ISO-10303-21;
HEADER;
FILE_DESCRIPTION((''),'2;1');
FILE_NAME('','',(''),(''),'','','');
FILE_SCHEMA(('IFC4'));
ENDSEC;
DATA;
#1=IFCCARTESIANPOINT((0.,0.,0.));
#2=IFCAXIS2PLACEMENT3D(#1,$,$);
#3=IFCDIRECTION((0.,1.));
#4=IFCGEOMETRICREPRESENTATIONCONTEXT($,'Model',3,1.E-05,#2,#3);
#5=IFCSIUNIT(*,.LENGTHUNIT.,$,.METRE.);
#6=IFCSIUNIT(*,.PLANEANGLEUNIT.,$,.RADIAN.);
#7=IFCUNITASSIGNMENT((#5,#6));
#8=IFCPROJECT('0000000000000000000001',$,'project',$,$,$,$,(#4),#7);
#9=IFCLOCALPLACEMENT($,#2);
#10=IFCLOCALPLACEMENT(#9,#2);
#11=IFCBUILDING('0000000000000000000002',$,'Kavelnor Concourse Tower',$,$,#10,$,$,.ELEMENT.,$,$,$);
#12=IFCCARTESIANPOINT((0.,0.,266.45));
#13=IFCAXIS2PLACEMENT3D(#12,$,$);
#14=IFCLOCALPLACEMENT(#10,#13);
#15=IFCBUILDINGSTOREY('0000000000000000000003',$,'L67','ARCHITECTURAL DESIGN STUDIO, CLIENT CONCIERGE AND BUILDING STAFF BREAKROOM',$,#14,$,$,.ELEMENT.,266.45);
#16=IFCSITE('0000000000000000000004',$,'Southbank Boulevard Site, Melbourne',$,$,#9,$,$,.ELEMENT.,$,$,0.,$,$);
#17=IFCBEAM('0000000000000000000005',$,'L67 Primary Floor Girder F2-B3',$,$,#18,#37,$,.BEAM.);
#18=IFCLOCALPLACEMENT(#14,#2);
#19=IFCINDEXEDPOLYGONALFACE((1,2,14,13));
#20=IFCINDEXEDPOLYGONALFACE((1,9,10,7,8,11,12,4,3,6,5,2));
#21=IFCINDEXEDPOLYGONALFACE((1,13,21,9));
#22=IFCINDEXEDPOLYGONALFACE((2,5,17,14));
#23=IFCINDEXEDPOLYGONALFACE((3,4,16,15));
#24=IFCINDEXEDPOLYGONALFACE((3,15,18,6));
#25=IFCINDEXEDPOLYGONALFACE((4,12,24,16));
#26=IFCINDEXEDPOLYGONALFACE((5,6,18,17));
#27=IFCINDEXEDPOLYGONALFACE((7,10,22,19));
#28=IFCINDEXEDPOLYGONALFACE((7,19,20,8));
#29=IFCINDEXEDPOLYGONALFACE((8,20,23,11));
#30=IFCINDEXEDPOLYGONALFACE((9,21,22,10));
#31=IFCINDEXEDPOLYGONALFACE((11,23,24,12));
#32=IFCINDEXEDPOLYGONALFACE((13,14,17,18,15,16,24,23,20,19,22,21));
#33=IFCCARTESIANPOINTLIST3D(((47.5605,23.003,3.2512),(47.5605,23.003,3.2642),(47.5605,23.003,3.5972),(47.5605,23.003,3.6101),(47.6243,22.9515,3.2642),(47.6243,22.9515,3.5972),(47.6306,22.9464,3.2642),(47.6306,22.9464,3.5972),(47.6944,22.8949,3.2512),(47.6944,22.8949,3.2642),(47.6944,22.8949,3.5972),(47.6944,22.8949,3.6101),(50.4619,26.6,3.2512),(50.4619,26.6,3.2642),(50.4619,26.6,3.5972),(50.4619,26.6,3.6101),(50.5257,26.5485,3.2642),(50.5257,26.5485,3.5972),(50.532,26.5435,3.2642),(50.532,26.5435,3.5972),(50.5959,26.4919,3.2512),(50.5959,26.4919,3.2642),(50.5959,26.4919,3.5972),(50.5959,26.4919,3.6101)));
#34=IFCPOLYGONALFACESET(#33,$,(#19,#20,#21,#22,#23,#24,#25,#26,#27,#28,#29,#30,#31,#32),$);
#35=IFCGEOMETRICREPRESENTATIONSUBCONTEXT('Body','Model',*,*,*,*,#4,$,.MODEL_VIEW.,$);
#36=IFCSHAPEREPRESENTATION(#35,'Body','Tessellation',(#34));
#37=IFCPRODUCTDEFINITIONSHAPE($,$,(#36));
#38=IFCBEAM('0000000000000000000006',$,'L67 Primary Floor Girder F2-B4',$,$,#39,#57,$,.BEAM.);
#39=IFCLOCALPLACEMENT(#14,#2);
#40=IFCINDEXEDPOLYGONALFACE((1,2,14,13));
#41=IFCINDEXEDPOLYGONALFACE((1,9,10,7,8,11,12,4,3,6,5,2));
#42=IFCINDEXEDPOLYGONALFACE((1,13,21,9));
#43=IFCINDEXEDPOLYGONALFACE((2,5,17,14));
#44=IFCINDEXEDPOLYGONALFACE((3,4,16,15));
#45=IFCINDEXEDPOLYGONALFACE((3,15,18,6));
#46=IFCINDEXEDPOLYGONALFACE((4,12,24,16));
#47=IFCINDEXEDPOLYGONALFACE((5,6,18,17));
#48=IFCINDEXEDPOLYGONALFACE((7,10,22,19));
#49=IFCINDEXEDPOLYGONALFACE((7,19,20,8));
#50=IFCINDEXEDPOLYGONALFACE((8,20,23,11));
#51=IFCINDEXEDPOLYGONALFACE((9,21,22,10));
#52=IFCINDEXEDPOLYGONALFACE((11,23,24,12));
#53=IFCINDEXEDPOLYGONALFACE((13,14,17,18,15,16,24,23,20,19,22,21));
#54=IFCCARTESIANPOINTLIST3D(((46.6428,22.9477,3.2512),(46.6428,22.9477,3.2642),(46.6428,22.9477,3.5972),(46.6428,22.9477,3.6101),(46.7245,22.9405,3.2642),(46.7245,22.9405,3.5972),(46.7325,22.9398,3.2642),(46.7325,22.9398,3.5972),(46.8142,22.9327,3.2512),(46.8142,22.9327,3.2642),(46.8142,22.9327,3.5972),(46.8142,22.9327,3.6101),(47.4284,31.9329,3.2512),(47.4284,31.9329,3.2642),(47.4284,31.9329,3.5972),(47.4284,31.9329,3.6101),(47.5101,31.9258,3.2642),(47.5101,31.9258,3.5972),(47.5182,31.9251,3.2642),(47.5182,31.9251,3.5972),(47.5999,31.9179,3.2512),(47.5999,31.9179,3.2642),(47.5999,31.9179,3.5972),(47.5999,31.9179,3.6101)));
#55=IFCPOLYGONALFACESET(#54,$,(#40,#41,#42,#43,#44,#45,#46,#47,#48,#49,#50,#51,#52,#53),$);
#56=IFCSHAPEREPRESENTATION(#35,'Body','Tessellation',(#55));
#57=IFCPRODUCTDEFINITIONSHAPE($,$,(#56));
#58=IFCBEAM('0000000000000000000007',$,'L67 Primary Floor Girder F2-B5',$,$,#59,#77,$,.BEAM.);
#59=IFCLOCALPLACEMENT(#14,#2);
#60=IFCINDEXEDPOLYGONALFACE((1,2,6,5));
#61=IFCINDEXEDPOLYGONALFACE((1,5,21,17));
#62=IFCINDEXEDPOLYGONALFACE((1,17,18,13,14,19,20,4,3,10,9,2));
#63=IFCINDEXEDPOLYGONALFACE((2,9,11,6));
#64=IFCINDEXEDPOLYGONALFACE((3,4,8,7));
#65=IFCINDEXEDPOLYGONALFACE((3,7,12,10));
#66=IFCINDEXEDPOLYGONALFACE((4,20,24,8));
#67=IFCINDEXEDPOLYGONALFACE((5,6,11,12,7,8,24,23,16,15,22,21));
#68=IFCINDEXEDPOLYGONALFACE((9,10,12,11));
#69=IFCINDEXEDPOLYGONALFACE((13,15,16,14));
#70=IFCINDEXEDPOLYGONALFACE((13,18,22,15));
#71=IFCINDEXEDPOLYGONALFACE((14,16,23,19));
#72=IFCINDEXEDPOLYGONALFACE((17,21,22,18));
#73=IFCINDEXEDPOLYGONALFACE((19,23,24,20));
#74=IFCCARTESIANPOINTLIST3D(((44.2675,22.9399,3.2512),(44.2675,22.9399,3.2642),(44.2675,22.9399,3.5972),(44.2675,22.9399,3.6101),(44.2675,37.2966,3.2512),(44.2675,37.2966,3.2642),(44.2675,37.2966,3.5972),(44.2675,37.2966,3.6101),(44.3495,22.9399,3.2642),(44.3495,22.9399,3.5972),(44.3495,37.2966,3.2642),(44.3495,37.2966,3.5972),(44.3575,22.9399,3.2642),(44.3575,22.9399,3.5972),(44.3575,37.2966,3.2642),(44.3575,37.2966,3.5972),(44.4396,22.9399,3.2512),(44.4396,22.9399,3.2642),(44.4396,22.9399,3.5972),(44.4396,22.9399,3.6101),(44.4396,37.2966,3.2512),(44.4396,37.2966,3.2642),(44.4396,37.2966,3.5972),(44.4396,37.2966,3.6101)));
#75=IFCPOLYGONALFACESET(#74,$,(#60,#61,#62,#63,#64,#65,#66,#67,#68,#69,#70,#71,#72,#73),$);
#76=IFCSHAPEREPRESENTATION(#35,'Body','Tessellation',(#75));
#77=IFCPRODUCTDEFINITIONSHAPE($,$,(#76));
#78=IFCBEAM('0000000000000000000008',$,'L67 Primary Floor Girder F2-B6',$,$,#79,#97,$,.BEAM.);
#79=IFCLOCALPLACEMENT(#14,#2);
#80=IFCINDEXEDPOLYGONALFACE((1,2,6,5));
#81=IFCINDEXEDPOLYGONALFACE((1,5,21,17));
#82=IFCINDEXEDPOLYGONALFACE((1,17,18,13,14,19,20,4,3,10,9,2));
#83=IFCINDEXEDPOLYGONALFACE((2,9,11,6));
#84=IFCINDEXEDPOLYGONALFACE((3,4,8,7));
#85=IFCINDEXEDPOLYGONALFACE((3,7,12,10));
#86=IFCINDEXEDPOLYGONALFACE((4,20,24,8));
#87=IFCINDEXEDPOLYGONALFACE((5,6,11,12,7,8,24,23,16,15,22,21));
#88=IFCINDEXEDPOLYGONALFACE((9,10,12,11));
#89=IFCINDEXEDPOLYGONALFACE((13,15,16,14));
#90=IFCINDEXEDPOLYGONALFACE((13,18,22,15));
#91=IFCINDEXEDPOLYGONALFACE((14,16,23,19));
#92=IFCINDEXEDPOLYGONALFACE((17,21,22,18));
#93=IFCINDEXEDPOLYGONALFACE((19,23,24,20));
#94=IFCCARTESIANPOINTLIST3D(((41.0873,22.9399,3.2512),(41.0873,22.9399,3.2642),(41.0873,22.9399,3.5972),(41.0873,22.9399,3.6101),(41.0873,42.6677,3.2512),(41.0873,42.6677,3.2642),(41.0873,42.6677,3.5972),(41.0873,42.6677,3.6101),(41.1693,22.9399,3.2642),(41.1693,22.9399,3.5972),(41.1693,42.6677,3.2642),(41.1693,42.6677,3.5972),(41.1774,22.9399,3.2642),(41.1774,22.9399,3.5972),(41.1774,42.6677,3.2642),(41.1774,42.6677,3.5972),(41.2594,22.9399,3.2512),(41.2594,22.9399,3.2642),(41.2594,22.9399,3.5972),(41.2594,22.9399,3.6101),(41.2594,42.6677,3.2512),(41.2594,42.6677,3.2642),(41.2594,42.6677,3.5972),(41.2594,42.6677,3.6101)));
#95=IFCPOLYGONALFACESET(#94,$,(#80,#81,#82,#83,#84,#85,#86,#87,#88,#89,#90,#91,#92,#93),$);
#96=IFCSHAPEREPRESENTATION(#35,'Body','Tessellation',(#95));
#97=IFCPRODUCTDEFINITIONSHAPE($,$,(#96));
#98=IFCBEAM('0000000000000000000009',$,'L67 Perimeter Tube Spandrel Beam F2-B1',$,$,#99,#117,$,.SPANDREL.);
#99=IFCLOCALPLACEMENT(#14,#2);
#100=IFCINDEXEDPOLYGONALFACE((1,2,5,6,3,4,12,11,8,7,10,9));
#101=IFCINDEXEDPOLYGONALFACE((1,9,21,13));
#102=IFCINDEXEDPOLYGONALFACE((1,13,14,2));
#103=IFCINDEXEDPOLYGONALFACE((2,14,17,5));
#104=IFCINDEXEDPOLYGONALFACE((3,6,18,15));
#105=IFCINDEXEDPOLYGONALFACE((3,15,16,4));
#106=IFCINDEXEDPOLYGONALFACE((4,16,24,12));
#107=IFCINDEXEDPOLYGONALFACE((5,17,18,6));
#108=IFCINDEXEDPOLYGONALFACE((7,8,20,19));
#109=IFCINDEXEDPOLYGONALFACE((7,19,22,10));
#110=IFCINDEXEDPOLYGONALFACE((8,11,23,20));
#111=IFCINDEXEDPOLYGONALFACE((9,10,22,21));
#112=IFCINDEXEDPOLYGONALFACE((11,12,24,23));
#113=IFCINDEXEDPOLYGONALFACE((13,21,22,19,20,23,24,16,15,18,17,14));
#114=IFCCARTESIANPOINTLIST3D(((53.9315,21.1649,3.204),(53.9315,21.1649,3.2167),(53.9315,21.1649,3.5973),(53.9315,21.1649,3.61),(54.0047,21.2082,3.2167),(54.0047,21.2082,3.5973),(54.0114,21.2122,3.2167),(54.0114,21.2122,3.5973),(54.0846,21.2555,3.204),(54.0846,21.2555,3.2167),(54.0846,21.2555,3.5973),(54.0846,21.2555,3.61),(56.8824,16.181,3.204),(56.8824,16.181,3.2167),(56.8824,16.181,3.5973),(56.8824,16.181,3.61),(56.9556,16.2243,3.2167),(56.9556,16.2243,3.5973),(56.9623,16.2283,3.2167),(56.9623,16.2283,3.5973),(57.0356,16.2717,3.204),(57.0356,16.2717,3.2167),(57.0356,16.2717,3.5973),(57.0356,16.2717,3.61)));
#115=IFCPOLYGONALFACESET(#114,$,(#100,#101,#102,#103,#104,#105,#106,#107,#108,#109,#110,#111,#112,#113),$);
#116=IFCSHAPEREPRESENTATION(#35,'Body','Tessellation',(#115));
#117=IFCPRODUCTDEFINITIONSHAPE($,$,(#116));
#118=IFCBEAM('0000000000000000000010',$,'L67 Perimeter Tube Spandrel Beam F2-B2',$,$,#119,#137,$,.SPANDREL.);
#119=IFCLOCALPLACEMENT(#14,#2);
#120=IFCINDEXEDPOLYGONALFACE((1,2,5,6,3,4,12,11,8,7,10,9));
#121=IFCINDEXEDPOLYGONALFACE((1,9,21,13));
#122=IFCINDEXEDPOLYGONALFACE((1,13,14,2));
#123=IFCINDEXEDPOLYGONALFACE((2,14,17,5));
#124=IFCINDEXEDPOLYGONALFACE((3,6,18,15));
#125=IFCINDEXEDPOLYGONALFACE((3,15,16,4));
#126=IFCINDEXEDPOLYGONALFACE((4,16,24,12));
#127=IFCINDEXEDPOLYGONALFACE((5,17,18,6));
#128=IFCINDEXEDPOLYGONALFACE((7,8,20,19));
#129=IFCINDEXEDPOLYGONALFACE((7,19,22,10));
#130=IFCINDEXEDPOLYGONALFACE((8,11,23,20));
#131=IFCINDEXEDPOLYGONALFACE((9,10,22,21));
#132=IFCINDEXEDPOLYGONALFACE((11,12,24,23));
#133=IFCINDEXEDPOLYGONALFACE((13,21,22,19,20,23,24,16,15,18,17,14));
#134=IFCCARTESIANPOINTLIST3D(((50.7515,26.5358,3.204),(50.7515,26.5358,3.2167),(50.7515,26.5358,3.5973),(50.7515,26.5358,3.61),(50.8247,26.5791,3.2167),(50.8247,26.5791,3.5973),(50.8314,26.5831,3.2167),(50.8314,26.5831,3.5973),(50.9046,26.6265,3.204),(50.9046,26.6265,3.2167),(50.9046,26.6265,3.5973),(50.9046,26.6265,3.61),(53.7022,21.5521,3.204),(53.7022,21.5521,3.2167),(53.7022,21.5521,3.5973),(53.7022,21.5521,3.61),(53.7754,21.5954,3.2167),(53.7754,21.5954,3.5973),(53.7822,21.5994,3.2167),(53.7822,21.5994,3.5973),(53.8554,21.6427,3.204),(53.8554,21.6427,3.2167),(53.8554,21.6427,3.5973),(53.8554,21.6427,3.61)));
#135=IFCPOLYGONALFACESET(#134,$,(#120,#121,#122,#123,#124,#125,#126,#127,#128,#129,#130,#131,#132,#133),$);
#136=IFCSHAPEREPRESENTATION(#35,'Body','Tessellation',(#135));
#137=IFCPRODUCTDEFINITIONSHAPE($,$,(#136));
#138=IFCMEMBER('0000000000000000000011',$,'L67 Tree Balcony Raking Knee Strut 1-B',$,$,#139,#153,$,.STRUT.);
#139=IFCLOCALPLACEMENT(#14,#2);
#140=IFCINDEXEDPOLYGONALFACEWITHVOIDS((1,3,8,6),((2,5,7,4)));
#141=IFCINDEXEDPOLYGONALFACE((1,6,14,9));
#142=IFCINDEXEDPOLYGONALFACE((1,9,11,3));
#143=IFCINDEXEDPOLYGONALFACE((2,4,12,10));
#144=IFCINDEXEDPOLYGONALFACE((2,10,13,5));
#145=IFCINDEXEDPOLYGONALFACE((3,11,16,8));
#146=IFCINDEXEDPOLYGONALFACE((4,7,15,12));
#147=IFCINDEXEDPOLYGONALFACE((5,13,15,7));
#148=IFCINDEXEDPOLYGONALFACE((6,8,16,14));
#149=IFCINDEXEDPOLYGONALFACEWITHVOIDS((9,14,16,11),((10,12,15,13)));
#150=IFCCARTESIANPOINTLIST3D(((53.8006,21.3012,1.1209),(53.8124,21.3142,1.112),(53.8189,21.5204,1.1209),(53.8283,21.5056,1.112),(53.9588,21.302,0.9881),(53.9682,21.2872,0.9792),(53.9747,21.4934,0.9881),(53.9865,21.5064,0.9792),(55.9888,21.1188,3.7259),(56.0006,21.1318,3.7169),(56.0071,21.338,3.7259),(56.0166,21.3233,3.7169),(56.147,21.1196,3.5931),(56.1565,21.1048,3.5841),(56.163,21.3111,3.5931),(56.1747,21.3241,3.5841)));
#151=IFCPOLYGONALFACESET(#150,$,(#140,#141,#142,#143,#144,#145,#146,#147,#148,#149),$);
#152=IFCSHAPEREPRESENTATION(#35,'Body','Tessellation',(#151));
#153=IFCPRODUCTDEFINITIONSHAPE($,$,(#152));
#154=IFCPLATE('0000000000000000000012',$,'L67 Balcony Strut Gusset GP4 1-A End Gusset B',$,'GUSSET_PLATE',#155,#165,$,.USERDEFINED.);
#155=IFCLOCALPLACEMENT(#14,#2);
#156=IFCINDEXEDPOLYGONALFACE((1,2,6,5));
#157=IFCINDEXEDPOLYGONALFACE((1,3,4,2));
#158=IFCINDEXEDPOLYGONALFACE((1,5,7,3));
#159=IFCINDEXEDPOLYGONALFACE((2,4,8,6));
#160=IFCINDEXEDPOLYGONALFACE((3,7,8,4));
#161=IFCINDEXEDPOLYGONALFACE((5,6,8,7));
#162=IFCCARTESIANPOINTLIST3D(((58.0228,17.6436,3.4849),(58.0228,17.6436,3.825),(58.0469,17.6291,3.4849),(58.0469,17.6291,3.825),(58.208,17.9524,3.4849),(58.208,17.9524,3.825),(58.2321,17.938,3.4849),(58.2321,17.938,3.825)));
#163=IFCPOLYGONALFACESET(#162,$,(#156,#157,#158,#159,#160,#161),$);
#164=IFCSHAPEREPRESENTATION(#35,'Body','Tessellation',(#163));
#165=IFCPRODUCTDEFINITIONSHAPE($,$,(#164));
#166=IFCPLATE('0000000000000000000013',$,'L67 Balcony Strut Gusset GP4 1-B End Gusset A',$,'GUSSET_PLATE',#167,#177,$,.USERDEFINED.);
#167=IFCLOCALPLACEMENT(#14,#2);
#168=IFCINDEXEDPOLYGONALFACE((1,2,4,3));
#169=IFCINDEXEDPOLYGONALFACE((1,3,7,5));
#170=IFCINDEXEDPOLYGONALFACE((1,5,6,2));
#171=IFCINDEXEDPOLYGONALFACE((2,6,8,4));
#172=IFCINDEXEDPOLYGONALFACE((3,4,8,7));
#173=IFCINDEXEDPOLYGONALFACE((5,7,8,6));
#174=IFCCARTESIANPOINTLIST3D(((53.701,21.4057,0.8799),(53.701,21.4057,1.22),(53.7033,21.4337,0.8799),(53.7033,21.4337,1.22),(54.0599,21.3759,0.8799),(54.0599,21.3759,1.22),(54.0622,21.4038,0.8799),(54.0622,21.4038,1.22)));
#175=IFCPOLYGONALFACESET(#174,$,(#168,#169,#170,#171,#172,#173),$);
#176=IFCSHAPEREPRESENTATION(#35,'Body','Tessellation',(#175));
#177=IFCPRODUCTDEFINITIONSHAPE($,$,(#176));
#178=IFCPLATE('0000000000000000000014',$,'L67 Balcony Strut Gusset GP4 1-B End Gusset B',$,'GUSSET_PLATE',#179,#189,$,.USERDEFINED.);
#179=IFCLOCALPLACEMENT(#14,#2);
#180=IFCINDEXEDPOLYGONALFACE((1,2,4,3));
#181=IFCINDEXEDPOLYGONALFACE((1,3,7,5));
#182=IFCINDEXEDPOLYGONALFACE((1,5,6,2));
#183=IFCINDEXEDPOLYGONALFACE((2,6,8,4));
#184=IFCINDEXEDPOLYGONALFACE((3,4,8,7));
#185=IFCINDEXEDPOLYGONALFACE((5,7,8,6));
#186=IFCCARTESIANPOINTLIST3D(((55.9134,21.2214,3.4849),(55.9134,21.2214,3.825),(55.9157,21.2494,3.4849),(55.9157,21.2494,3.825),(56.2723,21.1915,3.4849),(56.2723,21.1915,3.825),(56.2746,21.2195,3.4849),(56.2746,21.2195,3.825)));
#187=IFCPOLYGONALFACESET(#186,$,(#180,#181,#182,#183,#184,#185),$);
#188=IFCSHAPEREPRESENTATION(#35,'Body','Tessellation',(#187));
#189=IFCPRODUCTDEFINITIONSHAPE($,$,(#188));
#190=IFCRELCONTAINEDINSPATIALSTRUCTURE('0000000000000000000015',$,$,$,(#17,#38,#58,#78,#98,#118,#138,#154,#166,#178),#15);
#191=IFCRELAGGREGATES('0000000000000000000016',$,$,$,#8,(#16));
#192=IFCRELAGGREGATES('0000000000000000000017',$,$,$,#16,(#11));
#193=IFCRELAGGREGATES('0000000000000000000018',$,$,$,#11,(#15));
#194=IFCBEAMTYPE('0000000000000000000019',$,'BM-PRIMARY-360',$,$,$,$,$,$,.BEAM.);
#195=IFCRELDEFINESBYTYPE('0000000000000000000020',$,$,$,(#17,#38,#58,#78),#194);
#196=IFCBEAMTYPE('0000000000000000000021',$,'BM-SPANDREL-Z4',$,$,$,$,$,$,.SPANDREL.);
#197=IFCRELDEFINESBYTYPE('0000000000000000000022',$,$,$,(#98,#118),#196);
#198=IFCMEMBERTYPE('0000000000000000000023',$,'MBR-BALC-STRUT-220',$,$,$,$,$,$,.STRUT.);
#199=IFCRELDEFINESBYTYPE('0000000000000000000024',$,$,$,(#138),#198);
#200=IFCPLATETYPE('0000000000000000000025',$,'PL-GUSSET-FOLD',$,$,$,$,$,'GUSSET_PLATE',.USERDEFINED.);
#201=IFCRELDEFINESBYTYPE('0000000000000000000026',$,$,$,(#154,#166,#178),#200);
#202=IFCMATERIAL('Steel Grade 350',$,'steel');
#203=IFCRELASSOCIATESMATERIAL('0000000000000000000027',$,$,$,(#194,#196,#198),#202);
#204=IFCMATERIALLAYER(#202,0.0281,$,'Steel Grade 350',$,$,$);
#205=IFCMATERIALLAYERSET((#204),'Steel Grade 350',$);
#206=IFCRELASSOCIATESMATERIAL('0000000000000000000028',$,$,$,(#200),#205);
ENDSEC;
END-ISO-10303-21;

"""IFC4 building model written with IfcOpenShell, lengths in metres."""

from ifc_helpers import new_model, si_unit, direction, frame, origin, origin_2d, place, context, subcontext, project, spatial, rectangle, hollow_rectangle, i_section, extrude, material, layer, layer_set, material_profile, profile_set, type_object, element, save


model = new_model("IFC4")

# Units and contexts
model_context = context("Model", 3, precision=1e-05, world=origin(), true_north=direction((0.0, 1.0)))
body_context = subcontext(model_context, "Body", "Model", "MODEL_VIEW")
ifc_project = project(units=[si_unit("LENGTHUNIT", "METRE"), si_unit("PLANEANGLEUNIT", "RADIAN")], contexts=[model_context])

# Site, building, storey
site_placement = place(None, origin())
site = spatial("IfcSite", under=ifc_project, at=site_placement, Name="Southbank Boulevard Site, Melbourne", CompositionType="ELEMENT", RefElevation=0.0)
building_placement = place(site_placement, origin())
building = spatial("IfcBuilding", under=site, at=building_placement, Name="Kavelnor Concourse Tower", CompositionType="ELEMENT")
storey_placement = place(building_placement, frame((0.0, 0.0, 266.45)))
storey = spatial("IfcBuildingStorey", under=building, at=storey_placement, Name="L67", Description="ARCHITECTURAL DESIGN STUDIO, CLIENT CONCIERGE AND BUILDING STAFF BREAKROOM", CompositionType="ELEMENT", Elevation=266.45)

# Shared definitions
ifc_material_1 = material(Name="Steel Grade 350", Category="steel")

# Beams
ifc_material_profile_1 = material_profile(ifc_material_1, i_section(OverallWidth=0.1721, OverallDepth=0.3589, WebThickness=0.0081, FlangeThickness=0.0129, at=origin_2d()), Name="360UB56")
ifc_profile_set_1 = profile_set([ifc_material_profile_1], Name="Steel Grade 350")
beam_type_1 = type_object("IfcBeamType", Name="BM-PRIMARY-360", PredefinedType="BEAM", material=ifc_profile_set_1)
beam_1_placement = place(storey_placement, frame((47.6274, 22.949, 3.4307), z_axis=(0.627834, 0.778347, 0.0), x_axis=(-0.778347, 0.627834, 0.0)))
element("IfcBeam", 1, at=beam_1_placement, inside=storey, type_object=beam_type_1, Name="L67 Primary Floor Girder F2-B3", PredefinedType="BEAM", context=body_context, shape_type="SweptSolid", body=[
    extrude(i_section(OverallWidth=0.1721, OverallDepth=0.3589, WebThickness=0.0081, FlangeThickness=0.0129, at=origin_2d()), origin(), (0.0, 0.0, 1.0), 4.6213),
])
beam_2_placement = place(storey_placement, frame((46.7285, 22.9402, 3.4307), z_axis=(0.087104, 0.996199, 0.0), x_axis=(-0.996199, 0.087104, 0.0)))
element("IfcBeam", 2, at=beam_2_placement, inside=storey, type_object=beam_type_1, Name="L67 Primary Floor Girder F2-B4", PredefinedType="BEAM", context=body_context, shape_type="SweptSolid", body=[
    extrude(i_section(OverallWidth=0.1721, OverallDepth=0.3589, WebThickness=0.0081, FlangeThickness=0.0129, at=origin_2d()), origin(), (0.0, 0.0, 1.0), 9.0195),
])
beam_3_placement = place(storey_placement, frame((44.3535, 22.9399, 3.4307), z_axis=(0.0, 1.0, 0.0), x_axis=(-1.0, 0.0, 0.0)))
element("IfcBeam", 3, at=beam_3_placement, inside=storey, type_object=beam_type_1, Name="L67 Primary Floor Girder F2-B5", PredefinedType="BEAM", context=body_context, shape_type="SweptSolid", body=[
    extrude(i_section(OverallWidth=0.1721, OverallDepth=0.3589, WebThickness=0.0081, FlangeThickness=0.0129, at=origin_2d()), origin(), (0.0, 0.0, 1.0), 14.3567),
])
beam_4_placement = place(storey_placement, frame((41.1733, 22.9399, 3.4307), z_axis=(0.0, 1.0, 0.0), x_axis=(-1.0, 0.0, 0.0)))
element("IfcBeam", 4, at=beam_4_placement, inside=storey, type_object=beam_type_1, Name="L67 Primary Floor Girder F2-B6", PredefinedType="BEAM", context=body_context, shape_type="SweptSolid", body=[
    extrude(i_section(OverallWidth=0.1721, OverallDepth=0.3589, WebThickness=0.0081, FlangeThickness=0.0129, at=origin_2d()), origin(), (0.0, 0.0, 1.0), 19.7278),
])
ifc_material_profile_2 = material_profile(ifc_material_1, i_section(OverallWidth=0.178, OverallDepth=0.406, WebThickness=0.0078, FlangeThickness=0.0127, at=origin_2d()), Name="410UB59")
ifc_profile_set_2 = profile_set([ifc_material_profile_2], Name="Steel Grade 350")
beam_type_2 = type_object("IfcBeamType", Name="BM-SPANDREL-Z4", PredefinedType="SPANDREL", material=ifc_profile_set_2)
beam_5_placement = place(storey_placement, frame((56.959, 16.2263, 3.407), z_axis=(-0.509485, 0.86048, 0.0), x_axis=(-0.86048, -0.509485, 0.0)))
element("IfcBeam", 5, at=beam_5_placement, inside=storey, type_object=beam_type_2, Name="L67 Perimeter Tube Spandrel Beam F2-B1", PredefinedType="SPANDREL", context=body_context, shape_type="SweptSolid", body=[
    extrude(i_section(OverallWidth=0.178, OverallDepth=0.406, WebThickness=0.0078, FlangeThickness=0.0127, at=origin_2d()), origin(), (0.0, 0.0, 1.0), 5.792),
])
beam_6_placement = place(storey_placement, frame((53.7788, 21.5974, 3.407), z_axis=(-0.509472, 0.860487, 0.0), x_axis=(-0.860487, -0.509472, 0.0)))
element("IfcBeam", 6, at=beam_6_placement, inside=storey, type_object=beam_type_2, Name="L67 Perimeter Tube Spandrel Beam F2-B2", PredefinedType="SPANDREL", context=body_context, shape_type="SweptSolid", body=[
    extrude(i_section(OverallWidth=0.178, OverallDepth=0.406, WebThickness=0.0078, FlangeThickness=0.0127, at=origin_2d()), origin(), (0.0, 0.0, 1.0), 5.7917),
])

# Member
ifc_material_profile_3 = material_profile(ifc_material_1, hollow_rectangle(XDim=0.22, YDim=0.22, WallThickness=0.0139, at=origin_2d()), Name="SHS 220x220x14")
ifc_profile_set_3 = profile_set([ifc_material_profile_3], Name="Steel Grade 350")
member_type = type_object("IfcMemberType", Name="MBR-BALC-STRUT-220", PredefinedType="STRUT", material=ifc_profile_set_3)
member_placement = place(storey_placement, frame((53.8936, 21.4038, 1.05), z_axis=(0.642278, -0.053529, 0.7646), x_axis=(0.083055, 0.996545, 0.0)))
element("IfcMember", 7, at=member_placement, inside=storey, type_object=member_type, Name="L67 Tree Balcony Raking Knee Strut 1-B", PredefinedType="STRUT", context=body_context, shape_type="SweptSolid", body=[
    extrude(hollow_rectangle(XDim=0.22, YDim=0.22, WallThickness=0.0139, at=origin_2d()), origin(), (0.0, 0.0, 1.0), 3.407),
])

# Plates
ifc_layer_1 = layer(ifc_material_1, 0.0281, Name="Steel Grade 350")
ifc_layer_set_1 = layer_set([ifc_layer_1], Name="Steel Grade 350")
plate_type_1 = type_object("IfcPlateType", Name="PL-GUSSET-FOLD", ElementType="GUSSET_PLATE", PredefinedType="USERDEFINED", material=ifc_layer_set_1)
for number, where, z_axis, x_axis, name in (
    (8, (58.1274, 17.7908, 3.4849), (0.0, 0.0, 1.0), (0.51414, 0.857706, 0.0), "L67 Balcony Strut Gusset GP4 1-A End Gusset B"),
    (9, (53.8816, 21.4048, 0.8799), (0.0, 0.0, 1.0), (0.996551, -0.082982, 0.0), "L67 Balcony Strut Gusset GP4 1-B End Gusset A"),
    (10, (56.094, 21.2205, 3.4849), (0.0, 0.0, 1.0), (0.996551, -0.082982, 0.0), "L67 Balcony Strut Gusset GP4 1-B End Gusset B"),
):
    element("IfcPlate", number, at=place(storey_placement, frame(where, z_axis=z_axis, x_axis=x_axis)), inside=storey, type_object=plate_type_1, Name=name, ObjectType="GUSSET_PLATE", PredefinedType="USERDEFINED", context=body_context, shape_type="SweptSolid", body=[
        extrude(rectangle(XDim=0.3601, YDim=0.0281, at=origin_2d()), origin(), (0.0, 0.0, 1.0), 0.3401),
    ])

save(model, "model.ifc")
